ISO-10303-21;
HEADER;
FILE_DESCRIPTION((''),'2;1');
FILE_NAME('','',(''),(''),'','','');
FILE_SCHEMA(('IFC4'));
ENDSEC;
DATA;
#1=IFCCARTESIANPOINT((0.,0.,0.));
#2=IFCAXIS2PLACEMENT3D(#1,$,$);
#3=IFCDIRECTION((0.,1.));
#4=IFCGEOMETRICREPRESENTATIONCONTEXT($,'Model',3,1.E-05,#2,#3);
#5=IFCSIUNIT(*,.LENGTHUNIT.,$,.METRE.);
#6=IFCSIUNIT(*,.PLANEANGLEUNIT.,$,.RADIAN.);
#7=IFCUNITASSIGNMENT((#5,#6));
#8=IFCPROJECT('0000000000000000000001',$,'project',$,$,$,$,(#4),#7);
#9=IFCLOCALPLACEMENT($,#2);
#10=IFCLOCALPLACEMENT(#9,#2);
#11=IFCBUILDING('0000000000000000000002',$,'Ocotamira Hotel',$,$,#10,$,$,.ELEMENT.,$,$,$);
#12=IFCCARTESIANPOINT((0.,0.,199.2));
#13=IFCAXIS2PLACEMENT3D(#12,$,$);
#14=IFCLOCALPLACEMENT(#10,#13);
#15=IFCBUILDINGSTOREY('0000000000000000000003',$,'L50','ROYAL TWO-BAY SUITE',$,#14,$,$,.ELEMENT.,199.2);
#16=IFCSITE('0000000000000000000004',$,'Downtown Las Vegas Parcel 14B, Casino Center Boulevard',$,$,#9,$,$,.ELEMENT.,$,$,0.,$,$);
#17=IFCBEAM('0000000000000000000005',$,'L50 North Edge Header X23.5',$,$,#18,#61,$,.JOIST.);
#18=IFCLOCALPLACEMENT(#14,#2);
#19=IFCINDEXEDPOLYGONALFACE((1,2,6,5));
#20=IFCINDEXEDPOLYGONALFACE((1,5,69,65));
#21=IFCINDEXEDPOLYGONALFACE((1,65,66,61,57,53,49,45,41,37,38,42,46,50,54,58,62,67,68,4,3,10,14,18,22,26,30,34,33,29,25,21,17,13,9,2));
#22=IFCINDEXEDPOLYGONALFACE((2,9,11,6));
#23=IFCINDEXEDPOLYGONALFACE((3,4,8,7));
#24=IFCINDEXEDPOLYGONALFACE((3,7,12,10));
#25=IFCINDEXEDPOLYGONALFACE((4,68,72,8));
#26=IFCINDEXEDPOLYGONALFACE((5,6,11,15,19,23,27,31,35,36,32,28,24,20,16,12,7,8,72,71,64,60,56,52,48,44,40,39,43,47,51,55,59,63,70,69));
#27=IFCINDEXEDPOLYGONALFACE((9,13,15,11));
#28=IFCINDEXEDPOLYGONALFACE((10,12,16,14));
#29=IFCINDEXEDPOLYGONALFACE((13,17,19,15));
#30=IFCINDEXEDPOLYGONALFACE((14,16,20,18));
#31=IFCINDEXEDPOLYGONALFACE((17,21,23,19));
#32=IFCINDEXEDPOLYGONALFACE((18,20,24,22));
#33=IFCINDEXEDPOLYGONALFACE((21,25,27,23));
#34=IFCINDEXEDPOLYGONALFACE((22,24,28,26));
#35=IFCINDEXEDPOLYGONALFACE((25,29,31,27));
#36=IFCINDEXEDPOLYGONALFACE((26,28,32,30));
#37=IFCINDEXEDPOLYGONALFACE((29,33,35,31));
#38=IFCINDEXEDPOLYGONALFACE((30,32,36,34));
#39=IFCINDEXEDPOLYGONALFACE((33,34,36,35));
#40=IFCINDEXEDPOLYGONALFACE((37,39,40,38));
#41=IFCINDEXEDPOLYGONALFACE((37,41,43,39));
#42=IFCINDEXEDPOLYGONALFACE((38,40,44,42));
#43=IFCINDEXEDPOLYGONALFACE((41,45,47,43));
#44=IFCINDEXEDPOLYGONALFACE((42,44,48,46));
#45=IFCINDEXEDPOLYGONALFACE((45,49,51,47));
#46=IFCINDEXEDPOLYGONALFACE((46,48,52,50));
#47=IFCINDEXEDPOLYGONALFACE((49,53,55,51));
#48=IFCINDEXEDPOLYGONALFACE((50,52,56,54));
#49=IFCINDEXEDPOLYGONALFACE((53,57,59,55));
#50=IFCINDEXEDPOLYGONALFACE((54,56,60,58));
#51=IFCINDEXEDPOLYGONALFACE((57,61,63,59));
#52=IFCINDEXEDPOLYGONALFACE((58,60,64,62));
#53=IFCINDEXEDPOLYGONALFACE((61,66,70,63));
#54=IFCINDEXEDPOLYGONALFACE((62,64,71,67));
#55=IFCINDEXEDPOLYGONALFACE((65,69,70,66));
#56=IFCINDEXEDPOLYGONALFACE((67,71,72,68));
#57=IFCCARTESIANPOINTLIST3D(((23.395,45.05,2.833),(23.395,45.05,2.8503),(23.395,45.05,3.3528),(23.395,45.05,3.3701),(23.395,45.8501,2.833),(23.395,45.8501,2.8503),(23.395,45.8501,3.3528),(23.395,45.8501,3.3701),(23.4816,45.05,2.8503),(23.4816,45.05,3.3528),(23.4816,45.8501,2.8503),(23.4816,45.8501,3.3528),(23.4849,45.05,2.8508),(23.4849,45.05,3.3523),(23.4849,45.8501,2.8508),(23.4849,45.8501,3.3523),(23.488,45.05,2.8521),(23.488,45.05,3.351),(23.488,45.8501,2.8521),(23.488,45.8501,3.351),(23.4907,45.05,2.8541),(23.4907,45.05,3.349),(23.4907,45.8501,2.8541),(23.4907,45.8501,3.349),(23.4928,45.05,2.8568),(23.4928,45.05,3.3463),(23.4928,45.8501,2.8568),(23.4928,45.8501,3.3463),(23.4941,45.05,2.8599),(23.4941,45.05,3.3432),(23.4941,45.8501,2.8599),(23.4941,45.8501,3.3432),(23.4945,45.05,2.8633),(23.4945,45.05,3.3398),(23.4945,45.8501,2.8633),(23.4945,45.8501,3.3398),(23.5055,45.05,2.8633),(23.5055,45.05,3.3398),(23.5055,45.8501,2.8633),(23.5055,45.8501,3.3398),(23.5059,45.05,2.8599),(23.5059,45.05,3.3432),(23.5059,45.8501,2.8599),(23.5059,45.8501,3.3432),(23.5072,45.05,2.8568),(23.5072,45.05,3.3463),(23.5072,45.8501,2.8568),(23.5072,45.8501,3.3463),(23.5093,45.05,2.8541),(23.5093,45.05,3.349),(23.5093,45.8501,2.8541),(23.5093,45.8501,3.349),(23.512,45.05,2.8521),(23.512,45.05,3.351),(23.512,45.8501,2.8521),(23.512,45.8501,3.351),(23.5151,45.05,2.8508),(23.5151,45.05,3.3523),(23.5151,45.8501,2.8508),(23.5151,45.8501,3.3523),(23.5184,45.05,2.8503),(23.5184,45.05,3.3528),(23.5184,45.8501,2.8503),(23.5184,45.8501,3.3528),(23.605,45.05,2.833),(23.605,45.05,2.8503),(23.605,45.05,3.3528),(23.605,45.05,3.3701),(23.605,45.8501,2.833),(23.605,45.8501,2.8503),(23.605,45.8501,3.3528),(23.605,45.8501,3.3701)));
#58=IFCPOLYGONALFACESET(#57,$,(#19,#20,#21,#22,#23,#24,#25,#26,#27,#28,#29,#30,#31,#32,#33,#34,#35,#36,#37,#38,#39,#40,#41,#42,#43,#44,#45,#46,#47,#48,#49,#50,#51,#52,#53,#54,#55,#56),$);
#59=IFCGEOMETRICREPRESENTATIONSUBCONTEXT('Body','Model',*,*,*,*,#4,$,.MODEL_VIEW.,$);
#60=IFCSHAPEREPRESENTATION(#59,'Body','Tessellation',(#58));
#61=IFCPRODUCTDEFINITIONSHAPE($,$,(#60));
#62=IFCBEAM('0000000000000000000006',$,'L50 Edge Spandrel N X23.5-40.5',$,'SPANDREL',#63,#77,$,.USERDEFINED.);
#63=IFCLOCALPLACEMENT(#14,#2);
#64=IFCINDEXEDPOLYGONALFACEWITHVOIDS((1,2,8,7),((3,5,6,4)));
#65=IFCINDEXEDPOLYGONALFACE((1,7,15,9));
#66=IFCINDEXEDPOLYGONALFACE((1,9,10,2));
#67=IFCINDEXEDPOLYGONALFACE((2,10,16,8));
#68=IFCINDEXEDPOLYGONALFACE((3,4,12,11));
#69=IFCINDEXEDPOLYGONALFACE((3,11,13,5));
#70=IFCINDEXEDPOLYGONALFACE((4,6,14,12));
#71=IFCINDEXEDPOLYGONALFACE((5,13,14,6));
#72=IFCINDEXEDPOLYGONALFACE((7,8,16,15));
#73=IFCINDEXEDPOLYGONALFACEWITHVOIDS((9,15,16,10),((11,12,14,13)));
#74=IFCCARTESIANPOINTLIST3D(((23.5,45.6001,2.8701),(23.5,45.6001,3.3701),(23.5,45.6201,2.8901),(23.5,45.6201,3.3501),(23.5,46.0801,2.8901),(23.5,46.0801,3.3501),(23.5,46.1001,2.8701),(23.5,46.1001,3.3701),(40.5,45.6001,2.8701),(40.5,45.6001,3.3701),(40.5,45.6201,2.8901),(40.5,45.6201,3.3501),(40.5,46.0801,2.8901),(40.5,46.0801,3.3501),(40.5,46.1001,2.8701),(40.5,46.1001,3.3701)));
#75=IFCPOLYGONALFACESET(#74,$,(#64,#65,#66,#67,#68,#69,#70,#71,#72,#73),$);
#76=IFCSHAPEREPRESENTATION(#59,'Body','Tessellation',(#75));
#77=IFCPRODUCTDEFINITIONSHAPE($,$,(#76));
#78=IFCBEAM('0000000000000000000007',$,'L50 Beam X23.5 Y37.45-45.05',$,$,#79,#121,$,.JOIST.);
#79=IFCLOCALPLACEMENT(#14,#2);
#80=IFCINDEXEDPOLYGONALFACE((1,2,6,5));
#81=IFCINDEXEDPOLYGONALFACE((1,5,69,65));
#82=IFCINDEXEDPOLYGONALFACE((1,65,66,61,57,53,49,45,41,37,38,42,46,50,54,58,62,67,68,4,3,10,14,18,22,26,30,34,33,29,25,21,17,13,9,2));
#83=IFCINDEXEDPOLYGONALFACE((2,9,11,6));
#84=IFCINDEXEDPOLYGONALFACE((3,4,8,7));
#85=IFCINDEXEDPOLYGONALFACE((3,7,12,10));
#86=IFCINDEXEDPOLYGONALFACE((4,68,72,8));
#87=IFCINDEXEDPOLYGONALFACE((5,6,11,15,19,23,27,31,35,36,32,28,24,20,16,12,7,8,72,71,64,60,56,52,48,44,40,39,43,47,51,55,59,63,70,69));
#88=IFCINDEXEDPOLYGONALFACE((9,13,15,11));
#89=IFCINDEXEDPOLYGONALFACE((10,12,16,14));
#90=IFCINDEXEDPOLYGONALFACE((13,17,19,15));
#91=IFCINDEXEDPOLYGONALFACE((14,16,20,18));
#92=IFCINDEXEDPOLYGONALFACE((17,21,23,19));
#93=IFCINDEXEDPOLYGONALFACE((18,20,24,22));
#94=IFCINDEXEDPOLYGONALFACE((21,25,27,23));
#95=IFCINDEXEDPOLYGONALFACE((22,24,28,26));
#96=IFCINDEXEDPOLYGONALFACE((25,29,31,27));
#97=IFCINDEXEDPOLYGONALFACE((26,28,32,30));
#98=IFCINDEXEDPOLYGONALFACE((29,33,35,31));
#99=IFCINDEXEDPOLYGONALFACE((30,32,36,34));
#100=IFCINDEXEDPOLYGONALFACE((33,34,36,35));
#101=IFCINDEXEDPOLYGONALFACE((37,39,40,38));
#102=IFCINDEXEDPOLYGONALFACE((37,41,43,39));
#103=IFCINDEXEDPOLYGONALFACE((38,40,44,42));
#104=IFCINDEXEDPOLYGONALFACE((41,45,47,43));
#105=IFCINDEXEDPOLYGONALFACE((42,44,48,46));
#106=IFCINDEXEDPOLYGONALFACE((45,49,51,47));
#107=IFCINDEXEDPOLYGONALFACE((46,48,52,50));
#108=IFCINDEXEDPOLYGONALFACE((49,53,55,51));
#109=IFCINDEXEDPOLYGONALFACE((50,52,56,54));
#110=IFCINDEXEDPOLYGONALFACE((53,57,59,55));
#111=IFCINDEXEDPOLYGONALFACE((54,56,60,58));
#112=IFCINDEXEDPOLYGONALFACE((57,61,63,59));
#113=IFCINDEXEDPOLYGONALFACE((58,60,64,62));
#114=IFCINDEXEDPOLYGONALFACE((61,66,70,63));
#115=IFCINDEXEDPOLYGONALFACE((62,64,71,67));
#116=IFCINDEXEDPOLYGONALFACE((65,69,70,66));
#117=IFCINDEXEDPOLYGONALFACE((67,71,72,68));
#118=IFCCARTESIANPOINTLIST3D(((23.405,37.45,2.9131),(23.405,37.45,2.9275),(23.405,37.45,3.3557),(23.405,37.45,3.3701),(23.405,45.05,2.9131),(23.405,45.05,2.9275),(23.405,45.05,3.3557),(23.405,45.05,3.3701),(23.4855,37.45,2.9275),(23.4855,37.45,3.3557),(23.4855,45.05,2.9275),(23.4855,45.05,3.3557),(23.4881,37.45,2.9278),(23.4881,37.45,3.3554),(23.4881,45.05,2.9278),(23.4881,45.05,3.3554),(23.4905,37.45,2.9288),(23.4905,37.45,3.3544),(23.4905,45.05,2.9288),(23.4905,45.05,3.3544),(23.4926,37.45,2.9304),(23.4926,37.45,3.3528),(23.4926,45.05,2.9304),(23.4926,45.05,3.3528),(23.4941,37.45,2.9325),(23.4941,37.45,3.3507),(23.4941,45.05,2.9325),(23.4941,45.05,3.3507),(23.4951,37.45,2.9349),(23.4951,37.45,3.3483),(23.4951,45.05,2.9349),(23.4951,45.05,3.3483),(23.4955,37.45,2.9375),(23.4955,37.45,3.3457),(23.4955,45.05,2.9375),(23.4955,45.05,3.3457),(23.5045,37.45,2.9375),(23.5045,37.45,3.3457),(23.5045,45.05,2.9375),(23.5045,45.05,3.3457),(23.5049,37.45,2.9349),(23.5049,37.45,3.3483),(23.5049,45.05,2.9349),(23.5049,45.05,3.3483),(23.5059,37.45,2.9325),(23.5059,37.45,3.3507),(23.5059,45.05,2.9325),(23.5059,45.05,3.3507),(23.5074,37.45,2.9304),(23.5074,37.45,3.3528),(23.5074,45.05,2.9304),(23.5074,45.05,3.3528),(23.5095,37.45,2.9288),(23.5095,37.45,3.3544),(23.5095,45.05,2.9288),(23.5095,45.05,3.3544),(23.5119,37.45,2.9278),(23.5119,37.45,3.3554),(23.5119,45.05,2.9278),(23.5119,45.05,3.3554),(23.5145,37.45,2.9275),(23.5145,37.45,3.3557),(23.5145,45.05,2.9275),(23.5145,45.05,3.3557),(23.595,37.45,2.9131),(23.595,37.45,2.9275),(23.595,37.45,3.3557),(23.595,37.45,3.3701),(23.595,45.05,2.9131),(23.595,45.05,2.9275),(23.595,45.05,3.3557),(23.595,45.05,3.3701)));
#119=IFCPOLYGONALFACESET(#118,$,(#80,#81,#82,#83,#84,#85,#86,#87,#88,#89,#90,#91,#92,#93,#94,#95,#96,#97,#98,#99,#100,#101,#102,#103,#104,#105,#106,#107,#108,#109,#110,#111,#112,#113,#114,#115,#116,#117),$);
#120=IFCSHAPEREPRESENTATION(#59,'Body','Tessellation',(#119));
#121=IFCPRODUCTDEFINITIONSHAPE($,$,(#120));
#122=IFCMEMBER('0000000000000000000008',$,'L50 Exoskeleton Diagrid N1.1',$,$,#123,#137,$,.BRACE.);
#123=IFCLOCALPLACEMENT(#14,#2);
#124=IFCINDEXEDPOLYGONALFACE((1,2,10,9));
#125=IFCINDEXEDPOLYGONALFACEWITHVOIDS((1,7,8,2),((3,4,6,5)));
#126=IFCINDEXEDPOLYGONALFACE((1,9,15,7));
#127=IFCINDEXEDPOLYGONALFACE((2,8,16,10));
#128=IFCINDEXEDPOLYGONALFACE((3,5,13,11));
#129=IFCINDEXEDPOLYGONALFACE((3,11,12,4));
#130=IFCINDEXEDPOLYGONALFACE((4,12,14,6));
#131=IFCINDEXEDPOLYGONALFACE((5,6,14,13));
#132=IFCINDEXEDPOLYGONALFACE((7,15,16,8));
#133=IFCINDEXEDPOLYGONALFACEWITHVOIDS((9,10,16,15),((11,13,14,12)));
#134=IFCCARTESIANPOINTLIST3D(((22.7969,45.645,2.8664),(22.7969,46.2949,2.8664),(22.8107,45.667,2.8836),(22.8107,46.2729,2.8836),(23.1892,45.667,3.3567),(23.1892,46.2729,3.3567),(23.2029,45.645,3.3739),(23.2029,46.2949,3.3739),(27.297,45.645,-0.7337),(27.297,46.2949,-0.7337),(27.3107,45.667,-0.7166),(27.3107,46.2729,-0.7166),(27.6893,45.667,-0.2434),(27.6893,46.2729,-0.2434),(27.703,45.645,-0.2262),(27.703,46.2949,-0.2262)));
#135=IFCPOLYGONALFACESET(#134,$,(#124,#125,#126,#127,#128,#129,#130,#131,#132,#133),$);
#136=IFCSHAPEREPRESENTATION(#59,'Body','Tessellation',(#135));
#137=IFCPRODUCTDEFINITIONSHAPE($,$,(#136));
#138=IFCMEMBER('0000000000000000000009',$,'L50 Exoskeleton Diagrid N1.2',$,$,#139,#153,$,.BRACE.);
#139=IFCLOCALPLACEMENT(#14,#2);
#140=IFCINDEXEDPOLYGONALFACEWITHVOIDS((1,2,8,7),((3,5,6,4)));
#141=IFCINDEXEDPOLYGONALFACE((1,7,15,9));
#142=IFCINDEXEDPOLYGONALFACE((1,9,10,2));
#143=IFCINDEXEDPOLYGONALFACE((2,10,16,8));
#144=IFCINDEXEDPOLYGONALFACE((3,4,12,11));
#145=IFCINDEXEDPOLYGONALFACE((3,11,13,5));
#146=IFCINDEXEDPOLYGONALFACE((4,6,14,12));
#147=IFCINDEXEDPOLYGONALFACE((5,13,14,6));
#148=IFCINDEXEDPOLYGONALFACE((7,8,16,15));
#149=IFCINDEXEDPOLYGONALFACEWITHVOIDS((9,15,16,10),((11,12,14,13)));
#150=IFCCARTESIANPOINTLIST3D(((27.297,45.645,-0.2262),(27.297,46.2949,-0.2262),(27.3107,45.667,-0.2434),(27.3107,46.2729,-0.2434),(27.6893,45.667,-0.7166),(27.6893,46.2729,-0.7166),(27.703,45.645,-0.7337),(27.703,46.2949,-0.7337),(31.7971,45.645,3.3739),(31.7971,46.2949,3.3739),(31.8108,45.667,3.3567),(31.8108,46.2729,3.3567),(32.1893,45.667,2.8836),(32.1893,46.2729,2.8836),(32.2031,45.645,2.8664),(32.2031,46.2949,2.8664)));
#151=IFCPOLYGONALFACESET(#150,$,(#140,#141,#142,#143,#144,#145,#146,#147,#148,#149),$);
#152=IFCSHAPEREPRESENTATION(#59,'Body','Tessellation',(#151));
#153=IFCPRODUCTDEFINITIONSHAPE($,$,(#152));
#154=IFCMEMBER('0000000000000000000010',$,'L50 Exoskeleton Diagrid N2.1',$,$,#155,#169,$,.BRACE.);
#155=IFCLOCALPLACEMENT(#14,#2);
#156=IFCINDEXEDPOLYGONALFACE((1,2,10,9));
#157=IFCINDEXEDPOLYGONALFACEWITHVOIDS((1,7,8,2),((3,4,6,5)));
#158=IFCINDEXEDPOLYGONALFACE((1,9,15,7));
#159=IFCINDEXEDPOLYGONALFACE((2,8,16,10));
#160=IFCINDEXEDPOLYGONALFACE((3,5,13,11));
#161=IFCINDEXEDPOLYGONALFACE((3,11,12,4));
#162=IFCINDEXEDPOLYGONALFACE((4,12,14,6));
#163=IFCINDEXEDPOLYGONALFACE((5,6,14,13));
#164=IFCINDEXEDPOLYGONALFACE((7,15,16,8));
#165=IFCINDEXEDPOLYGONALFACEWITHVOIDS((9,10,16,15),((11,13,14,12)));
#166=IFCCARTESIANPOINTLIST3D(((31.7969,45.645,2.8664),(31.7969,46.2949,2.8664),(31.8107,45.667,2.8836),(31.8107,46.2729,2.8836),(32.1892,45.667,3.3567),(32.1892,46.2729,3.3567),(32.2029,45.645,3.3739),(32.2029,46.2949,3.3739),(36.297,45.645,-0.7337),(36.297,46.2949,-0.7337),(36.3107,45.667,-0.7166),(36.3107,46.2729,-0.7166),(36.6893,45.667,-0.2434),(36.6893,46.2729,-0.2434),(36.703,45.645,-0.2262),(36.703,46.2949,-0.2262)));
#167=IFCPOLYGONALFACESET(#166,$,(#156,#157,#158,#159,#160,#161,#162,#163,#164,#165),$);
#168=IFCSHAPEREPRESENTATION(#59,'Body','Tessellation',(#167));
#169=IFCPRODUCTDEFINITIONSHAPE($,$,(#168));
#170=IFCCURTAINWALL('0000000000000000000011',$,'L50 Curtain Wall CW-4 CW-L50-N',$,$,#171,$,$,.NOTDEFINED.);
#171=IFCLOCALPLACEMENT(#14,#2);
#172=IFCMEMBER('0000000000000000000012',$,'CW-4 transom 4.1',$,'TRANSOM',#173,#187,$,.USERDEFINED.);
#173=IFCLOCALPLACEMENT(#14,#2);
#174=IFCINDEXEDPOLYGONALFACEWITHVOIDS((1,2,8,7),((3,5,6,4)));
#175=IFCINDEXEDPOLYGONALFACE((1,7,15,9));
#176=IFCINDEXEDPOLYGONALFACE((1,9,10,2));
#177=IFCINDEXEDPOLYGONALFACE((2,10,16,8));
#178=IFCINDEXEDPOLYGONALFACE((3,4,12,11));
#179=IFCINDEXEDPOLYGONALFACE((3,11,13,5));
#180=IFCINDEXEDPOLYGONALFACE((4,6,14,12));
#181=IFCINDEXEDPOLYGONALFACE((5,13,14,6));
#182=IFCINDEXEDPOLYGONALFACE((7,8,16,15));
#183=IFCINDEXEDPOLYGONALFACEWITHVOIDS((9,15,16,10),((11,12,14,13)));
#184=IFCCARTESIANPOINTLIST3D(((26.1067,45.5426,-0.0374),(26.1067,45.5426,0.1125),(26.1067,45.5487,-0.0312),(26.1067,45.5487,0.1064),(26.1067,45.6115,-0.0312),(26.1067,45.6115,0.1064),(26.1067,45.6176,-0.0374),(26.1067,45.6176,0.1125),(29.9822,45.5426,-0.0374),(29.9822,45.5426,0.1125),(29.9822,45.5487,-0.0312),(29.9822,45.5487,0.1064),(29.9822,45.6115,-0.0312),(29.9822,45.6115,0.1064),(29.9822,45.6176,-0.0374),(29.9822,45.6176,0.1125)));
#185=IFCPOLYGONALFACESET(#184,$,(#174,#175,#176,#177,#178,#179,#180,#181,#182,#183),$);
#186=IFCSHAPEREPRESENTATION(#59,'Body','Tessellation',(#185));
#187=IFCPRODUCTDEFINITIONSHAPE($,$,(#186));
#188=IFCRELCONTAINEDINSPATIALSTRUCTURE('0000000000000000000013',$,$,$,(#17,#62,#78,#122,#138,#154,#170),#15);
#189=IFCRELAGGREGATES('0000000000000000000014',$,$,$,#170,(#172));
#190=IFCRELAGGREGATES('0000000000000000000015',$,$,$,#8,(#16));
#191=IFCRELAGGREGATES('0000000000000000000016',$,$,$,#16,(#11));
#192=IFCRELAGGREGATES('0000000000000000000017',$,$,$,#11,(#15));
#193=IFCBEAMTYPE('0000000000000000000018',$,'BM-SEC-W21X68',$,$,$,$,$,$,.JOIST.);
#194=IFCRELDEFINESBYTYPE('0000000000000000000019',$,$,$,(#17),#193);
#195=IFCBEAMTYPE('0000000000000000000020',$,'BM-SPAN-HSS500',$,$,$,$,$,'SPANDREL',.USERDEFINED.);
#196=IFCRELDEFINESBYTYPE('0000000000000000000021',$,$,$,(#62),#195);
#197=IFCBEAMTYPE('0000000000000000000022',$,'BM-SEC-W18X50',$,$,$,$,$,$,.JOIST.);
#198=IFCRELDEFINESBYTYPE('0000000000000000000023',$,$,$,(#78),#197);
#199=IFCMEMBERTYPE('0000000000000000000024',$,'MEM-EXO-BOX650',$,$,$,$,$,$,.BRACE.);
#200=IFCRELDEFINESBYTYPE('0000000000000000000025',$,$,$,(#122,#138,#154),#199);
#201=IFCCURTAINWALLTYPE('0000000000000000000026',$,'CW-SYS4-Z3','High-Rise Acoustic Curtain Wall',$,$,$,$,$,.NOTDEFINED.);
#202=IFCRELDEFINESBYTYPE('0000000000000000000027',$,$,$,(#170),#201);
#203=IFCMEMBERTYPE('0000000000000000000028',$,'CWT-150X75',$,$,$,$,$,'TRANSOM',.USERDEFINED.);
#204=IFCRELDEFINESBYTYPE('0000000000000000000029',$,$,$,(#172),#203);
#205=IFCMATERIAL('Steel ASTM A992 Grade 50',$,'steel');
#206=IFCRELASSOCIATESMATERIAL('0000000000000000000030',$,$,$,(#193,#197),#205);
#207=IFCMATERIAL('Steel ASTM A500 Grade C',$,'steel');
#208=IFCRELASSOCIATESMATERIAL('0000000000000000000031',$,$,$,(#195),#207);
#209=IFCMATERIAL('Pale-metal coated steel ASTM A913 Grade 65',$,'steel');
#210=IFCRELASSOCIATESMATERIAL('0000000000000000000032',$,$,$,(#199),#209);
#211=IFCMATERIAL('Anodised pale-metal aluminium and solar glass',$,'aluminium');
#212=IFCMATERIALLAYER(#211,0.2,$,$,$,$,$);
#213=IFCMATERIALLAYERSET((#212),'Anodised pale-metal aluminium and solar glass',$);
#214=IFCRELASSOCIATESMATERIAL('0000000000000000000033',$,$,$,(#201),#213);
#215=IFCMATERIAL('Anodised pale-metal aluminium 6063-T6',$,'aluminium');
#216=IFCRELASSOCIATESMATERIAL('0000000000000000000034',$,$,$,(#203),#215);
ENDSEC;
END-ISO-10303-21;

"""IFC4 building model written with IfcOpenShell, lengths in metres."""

from ifc_helpers import new_model, si_unit, direction, frame, origin, origin_2d, place, context, subcontext, project, spatial, hollow_rectangle, i_section, extrude, source, transform, mapped, material, layer, layer_set, material_profile, profile_set, type_object, element, aggregate, save


model = new_model("IFC4")

# Units and contexts
model_context = context("Model", 3, precision=1e-05, world=origin(), true_north=direction((0.0, 1.0)))
body_context = subcontext(model_context, "Body", "Model", "MODEL_VIEW")
ifc_project = project(units=[si_unit("LENGTHUNIT", "METRE"), si_unit("PLANEANGLEUNIT", "RADIAN")], contexts=[model_context])

# Site, building, storey
site_placement = place(None, origin())
site = spatial("IfcSite", under=ifc_project, at=site_placement, Name="Downtown Las Vegas Parcel 14B, Casino Center Boulevard", CompositionType="ELEMENT", RefElevation=0.0)
building_placement = place(site_placement, origin())
building = spatial("IfcBuilding", under=site, at=building_placement, Name="Ocotamira Hotel", CompositionType="ELEMENT")
storey_placement = place(building_placement, frame((0.0, 0.0, 199.2)))
storey = spatial("IfcBuildingStorey", under=building, at=storey_placement, Name="L50", Description="ROYAL TWO-BAY SUITE", CompositionType="ELEMENT", Elevation=199.2)

# Beams
ifc_material_1 = material(Name="Steel ASTM A992 Grade 50", Category="steel")
ifc_material_profile_1 = material_profile(ifc_material_1, i_section(OverallWidth=0.21, OverallDepth=0.5371, WebThickness=0.011, FlangeThickness=0.0173, FilletRadius=0.0129, at=origin_2d()), Name="W21X68")
ifc_profile_set_1 = profile_set([ifc_material_profile_1], Name="Steel ASTM A992 Grade 50")
beam_type_1 = type_object("IfcBeamType", Name="BM-SEC-W21X68", PredefinedType="JOIST", material=ifc_profile_set_1)
shared_shape_1 = source(origin(), body_context, "Body", "SweptSolid", [
    extrude(i_section(OverallWidth=0.21, OverallDepth=0.5371, WebThickness=0.011, FlangeThickness=0.0173, FilletRadius=0.0129, at=origin_2d()), origin(), (0.0, 0.0, 1.0), 0.8),
])
beam_1_placement = place(storey_placement, frame((23.5, 45.05, 3.1016), z_axis=(0.0, 1.0, 0.0), x_axis=(-1.0, 0.0, 0.0)))
element("IfcBeam", 1, at=beam_1_placement, inside=storey, type_object=beam_type_1, Name="L50 North Edge Header X23.5", PredefinedType="JOIST", context=body_context, shape_type="MappedRepresentation", body=[
    mapped(shared_shape_1, transform((0.0, 0.0, 0.0), scale=1.0)),
])
ifc_material_2 = material(Name="Steel ASTM A500 Grade C", Category="steel")
ifc_material_profile_2 = material_profile(ifc_material_2, hollow_rectangle(XDim=0.5, YDim=0.5, WallThickness=0.02, at=origin_2d()), Name="HSS500X500X20")
ifc_profile_set_2 = profile_set([ifc_material_profile_2], Name="Steel ASTM A500 Grade C")
beam_type_2 = type_object("IfcBeamType", Name="BM-SPAN-HSS500", ElementType="SPANDREL", PredefinedType="USERDEFINED", material=ifc_profile_set_2)
shared_shape_2 = source(origin(), body_context, "Body", "SweptSolid", [
    extrude(hollow_rectangle(XDim=0.5, YDim=0.5, WallThickness=0.02, at=origin_2d()), origin(), (0.0, 0.0, 1.0), 17.0),
])
beam_2_placement = place(storey_placement, frame((23.5, 45.8501, 3.1201), z_axis=(1.0, 0.0, 0.0), x_axis=(0.0, 1.0, 0.0)))
element("IfcBeam", 2, at=beam_2_placement, inside=storey, type_object=beam_type_2, Name="L50 Edge Spandrel N X23.5-40.5", ObjectType="SPANDREL", PredefinedType="USERDEFINED", context=body_context, shape_type="MappedRepresentation", body=[
    mapped(shared_shape_2, transform((0.0, 0.0, 0.0), scale=1.0)),
])
ifc_material_profile_3 = material_profile(ifc_material_1, i_section(OverallWidth=0.1899, OverallDepth=0.457, WebThickness=0.009, FlangeThickness=0.0144, FilletRadius=0.01, at=origin_2d()), Name="W18X50")
ifc_profile_set_3 = profile_set([ifc_material_profile_3], Name="Steel ASTM A992 Grade 50")
beam_type_3 = type_object("IfcBeamType", Name="BM-SEC-W18X50", PredefinedType="JOIST", material=ifc_profile_set_3)
shared_shape_3 = source(origin(), body_context, "Body", "SweptSolid", [
    extrude(i_section(OverallWidth=0.1899, OverallDepth=0.457, WebThickness=0.009, FlangeThickness=0.0144, FilletRadius=0.01, at=origin_2d()), origin(), (0.0, 0.0, 1.0), 7.6001),
])
beam_3_placement = place(storey_placement, frame((23.5, 37.45, 3.1416), z_axis=(0.0, 1.0, 0.0), x_axis=(-1.0, 0.0, 0.0)))
element("IfcBeam", 3, at=beam_3_placement, inside=storey, type_object=beam_type_3, Name="L50 Beam X23.5 Y37.45-45.05", PredefinedType="JOIST", context=body_context, shape_type="MappedRepresentation", body=[
    mapped(shared_shape_3, transform((0.0, 0.0, 0.0), scale=1.0)),
])

# Members
ifc_material_3 = material(Name="Pale-metal coated steel ASTM A913 Grade 65", Category="steel")
ifc_material_profile_4 = material_profile(ifc_material_3, hollow_rectangle(XDim=0.6499, YDim=0.6499, WallThickness=0.022, at=origin_2d()), Name="BOX650X650X22")
ifc_profile_set_4 = profile_set([ifc_material_profile_4], Name="Pale-metal coated steel ASTM A913 Grade 65")
member_type_1 = type_object("IfcMemberType", Name="MEM-EXO-BOX650", PredefinedType="BRACE", material=ifc_profile_set_4)
shared_shape_4 = source(origin(), body_context, "Body", "SweptSolid", [
    extrude(hollow_rectangle(XDim=0.6499, YDim=0.6499, WallThickness=0.022, at=origin_2d()), origin(), (0.0, 0.0, 1.0), 5.7629),
])
for number, where, z_axis, x_axis, name in (
    (4, (27.5, 45.97, -0.48), (-0.780861, 0.0, 0.624705), (0.0, -1.0, 0.0), "L50 Exoskeleton Diagrid N1.1"),
    (5, (27.5, 45.97, -0.48), (0.780861, 0.0, 0.624705), (0.0, 1.0, 0.0), "L50 Exoskeleton Diagrid N1.2"),
    (6, (36.5, 45.97, -0.48), (-0.780861, 0.0, 0.624705), (0.0, -1.0, 0.0), "L50 Exoskeleton Diagrid N2.1"),
):
    element("IfcMember", number, at=place(storey_placement, frame(where, z_axis=z_axis, x_axis=x_axis)), inside=storey, type_object=member_type_1, Name=name, PredefinedType="BRACE", context=body_context, shape_type="MappedRepresentation", body=[
        mapped(shared_shape_4, transform((0.0, 0.0, 0.0), scale=1.0)),
    ])

# Curtain wall, member
ifc_material_4 = material(Name="Anodised pale-metal aluminium and solar glass", Category="aluminium")
ifc_layer_1 = layer(ifc_material_4, 0.2)
ifc_layer_set_1 = layer_set([ifc_layer_1], Name="Anodised pale-metal aluminium and solar glass")
curtain_wall_type = type_object("IfcCurtainWallType", Name="CW-SYS4-Z3", Description="High-Rise Acoustic Curtain Wall", PredefinedType="NOTDEFINED", material=ifc_layer_set_1)
curtain_wall_placement = place(storey_placement, origin())
curtain_wall = element("IfcCurtainWall", 7, at=curtain_wall_placement, inside=storey, type_object=curtain_wall_type, Name="L50 Curtain Wall CW-4 CW-L50-N", PredefinedType="NOTDEFINED")
ifc_material_5 = material(Name="Anodised pale-metal aluminium 6063-T6", Category="aluminium")
ifc_material_profile_5 = material_profile(ifc_material_5, hollow_rectangle(XDim=0.075, YDim=0.1499, WallThickness=0.0061, at=origin_2d()), Name="HSS150X75X6")
ifc_profile_set_5 = profile_set([ifc_material_profile_5], Name="Anodised pale-metal aluminium 6063-T6")
member_type_2 = type_object("IfcMemberType", Name="CWT-150X75", ElementType="TRANSOM", PredefinedType="USERDEFINED", material=ifc_profile_set_5)
shared_shape_5 = source(origin(), body_context, "Body", "SweptSolid", [
    extrude(hollow_rectangle(XDim=0.075, YDim=0.1499, WallThickness=0.0061, at=origin_2d()), origin(), (0.0, 0.0, 1.0), 3.8755),
])
member_1_placement = place(storey_placement, frame((26.1067, 45.5801, 0.0376), z_axis=(1.0, 0.0, 0.0), x_axis=(0.0, 1.0, 0.0)))
member_1 = element("IfcMember", 8, at=member_1_placement, type_object=member_type_2, Name="CW-4 transom 4.1", ObjectType="TRANSOM", PredefinedType="USERDEFINED", context=body_context, shape_type="MappedRepresentation", body=[
    mapped(shared_shape_5, transform((0.0, 0.0, 0.0), scale=1.0)),
])

aggregate(curtain_wall, [member_1])

save(model, "model.ifc")
